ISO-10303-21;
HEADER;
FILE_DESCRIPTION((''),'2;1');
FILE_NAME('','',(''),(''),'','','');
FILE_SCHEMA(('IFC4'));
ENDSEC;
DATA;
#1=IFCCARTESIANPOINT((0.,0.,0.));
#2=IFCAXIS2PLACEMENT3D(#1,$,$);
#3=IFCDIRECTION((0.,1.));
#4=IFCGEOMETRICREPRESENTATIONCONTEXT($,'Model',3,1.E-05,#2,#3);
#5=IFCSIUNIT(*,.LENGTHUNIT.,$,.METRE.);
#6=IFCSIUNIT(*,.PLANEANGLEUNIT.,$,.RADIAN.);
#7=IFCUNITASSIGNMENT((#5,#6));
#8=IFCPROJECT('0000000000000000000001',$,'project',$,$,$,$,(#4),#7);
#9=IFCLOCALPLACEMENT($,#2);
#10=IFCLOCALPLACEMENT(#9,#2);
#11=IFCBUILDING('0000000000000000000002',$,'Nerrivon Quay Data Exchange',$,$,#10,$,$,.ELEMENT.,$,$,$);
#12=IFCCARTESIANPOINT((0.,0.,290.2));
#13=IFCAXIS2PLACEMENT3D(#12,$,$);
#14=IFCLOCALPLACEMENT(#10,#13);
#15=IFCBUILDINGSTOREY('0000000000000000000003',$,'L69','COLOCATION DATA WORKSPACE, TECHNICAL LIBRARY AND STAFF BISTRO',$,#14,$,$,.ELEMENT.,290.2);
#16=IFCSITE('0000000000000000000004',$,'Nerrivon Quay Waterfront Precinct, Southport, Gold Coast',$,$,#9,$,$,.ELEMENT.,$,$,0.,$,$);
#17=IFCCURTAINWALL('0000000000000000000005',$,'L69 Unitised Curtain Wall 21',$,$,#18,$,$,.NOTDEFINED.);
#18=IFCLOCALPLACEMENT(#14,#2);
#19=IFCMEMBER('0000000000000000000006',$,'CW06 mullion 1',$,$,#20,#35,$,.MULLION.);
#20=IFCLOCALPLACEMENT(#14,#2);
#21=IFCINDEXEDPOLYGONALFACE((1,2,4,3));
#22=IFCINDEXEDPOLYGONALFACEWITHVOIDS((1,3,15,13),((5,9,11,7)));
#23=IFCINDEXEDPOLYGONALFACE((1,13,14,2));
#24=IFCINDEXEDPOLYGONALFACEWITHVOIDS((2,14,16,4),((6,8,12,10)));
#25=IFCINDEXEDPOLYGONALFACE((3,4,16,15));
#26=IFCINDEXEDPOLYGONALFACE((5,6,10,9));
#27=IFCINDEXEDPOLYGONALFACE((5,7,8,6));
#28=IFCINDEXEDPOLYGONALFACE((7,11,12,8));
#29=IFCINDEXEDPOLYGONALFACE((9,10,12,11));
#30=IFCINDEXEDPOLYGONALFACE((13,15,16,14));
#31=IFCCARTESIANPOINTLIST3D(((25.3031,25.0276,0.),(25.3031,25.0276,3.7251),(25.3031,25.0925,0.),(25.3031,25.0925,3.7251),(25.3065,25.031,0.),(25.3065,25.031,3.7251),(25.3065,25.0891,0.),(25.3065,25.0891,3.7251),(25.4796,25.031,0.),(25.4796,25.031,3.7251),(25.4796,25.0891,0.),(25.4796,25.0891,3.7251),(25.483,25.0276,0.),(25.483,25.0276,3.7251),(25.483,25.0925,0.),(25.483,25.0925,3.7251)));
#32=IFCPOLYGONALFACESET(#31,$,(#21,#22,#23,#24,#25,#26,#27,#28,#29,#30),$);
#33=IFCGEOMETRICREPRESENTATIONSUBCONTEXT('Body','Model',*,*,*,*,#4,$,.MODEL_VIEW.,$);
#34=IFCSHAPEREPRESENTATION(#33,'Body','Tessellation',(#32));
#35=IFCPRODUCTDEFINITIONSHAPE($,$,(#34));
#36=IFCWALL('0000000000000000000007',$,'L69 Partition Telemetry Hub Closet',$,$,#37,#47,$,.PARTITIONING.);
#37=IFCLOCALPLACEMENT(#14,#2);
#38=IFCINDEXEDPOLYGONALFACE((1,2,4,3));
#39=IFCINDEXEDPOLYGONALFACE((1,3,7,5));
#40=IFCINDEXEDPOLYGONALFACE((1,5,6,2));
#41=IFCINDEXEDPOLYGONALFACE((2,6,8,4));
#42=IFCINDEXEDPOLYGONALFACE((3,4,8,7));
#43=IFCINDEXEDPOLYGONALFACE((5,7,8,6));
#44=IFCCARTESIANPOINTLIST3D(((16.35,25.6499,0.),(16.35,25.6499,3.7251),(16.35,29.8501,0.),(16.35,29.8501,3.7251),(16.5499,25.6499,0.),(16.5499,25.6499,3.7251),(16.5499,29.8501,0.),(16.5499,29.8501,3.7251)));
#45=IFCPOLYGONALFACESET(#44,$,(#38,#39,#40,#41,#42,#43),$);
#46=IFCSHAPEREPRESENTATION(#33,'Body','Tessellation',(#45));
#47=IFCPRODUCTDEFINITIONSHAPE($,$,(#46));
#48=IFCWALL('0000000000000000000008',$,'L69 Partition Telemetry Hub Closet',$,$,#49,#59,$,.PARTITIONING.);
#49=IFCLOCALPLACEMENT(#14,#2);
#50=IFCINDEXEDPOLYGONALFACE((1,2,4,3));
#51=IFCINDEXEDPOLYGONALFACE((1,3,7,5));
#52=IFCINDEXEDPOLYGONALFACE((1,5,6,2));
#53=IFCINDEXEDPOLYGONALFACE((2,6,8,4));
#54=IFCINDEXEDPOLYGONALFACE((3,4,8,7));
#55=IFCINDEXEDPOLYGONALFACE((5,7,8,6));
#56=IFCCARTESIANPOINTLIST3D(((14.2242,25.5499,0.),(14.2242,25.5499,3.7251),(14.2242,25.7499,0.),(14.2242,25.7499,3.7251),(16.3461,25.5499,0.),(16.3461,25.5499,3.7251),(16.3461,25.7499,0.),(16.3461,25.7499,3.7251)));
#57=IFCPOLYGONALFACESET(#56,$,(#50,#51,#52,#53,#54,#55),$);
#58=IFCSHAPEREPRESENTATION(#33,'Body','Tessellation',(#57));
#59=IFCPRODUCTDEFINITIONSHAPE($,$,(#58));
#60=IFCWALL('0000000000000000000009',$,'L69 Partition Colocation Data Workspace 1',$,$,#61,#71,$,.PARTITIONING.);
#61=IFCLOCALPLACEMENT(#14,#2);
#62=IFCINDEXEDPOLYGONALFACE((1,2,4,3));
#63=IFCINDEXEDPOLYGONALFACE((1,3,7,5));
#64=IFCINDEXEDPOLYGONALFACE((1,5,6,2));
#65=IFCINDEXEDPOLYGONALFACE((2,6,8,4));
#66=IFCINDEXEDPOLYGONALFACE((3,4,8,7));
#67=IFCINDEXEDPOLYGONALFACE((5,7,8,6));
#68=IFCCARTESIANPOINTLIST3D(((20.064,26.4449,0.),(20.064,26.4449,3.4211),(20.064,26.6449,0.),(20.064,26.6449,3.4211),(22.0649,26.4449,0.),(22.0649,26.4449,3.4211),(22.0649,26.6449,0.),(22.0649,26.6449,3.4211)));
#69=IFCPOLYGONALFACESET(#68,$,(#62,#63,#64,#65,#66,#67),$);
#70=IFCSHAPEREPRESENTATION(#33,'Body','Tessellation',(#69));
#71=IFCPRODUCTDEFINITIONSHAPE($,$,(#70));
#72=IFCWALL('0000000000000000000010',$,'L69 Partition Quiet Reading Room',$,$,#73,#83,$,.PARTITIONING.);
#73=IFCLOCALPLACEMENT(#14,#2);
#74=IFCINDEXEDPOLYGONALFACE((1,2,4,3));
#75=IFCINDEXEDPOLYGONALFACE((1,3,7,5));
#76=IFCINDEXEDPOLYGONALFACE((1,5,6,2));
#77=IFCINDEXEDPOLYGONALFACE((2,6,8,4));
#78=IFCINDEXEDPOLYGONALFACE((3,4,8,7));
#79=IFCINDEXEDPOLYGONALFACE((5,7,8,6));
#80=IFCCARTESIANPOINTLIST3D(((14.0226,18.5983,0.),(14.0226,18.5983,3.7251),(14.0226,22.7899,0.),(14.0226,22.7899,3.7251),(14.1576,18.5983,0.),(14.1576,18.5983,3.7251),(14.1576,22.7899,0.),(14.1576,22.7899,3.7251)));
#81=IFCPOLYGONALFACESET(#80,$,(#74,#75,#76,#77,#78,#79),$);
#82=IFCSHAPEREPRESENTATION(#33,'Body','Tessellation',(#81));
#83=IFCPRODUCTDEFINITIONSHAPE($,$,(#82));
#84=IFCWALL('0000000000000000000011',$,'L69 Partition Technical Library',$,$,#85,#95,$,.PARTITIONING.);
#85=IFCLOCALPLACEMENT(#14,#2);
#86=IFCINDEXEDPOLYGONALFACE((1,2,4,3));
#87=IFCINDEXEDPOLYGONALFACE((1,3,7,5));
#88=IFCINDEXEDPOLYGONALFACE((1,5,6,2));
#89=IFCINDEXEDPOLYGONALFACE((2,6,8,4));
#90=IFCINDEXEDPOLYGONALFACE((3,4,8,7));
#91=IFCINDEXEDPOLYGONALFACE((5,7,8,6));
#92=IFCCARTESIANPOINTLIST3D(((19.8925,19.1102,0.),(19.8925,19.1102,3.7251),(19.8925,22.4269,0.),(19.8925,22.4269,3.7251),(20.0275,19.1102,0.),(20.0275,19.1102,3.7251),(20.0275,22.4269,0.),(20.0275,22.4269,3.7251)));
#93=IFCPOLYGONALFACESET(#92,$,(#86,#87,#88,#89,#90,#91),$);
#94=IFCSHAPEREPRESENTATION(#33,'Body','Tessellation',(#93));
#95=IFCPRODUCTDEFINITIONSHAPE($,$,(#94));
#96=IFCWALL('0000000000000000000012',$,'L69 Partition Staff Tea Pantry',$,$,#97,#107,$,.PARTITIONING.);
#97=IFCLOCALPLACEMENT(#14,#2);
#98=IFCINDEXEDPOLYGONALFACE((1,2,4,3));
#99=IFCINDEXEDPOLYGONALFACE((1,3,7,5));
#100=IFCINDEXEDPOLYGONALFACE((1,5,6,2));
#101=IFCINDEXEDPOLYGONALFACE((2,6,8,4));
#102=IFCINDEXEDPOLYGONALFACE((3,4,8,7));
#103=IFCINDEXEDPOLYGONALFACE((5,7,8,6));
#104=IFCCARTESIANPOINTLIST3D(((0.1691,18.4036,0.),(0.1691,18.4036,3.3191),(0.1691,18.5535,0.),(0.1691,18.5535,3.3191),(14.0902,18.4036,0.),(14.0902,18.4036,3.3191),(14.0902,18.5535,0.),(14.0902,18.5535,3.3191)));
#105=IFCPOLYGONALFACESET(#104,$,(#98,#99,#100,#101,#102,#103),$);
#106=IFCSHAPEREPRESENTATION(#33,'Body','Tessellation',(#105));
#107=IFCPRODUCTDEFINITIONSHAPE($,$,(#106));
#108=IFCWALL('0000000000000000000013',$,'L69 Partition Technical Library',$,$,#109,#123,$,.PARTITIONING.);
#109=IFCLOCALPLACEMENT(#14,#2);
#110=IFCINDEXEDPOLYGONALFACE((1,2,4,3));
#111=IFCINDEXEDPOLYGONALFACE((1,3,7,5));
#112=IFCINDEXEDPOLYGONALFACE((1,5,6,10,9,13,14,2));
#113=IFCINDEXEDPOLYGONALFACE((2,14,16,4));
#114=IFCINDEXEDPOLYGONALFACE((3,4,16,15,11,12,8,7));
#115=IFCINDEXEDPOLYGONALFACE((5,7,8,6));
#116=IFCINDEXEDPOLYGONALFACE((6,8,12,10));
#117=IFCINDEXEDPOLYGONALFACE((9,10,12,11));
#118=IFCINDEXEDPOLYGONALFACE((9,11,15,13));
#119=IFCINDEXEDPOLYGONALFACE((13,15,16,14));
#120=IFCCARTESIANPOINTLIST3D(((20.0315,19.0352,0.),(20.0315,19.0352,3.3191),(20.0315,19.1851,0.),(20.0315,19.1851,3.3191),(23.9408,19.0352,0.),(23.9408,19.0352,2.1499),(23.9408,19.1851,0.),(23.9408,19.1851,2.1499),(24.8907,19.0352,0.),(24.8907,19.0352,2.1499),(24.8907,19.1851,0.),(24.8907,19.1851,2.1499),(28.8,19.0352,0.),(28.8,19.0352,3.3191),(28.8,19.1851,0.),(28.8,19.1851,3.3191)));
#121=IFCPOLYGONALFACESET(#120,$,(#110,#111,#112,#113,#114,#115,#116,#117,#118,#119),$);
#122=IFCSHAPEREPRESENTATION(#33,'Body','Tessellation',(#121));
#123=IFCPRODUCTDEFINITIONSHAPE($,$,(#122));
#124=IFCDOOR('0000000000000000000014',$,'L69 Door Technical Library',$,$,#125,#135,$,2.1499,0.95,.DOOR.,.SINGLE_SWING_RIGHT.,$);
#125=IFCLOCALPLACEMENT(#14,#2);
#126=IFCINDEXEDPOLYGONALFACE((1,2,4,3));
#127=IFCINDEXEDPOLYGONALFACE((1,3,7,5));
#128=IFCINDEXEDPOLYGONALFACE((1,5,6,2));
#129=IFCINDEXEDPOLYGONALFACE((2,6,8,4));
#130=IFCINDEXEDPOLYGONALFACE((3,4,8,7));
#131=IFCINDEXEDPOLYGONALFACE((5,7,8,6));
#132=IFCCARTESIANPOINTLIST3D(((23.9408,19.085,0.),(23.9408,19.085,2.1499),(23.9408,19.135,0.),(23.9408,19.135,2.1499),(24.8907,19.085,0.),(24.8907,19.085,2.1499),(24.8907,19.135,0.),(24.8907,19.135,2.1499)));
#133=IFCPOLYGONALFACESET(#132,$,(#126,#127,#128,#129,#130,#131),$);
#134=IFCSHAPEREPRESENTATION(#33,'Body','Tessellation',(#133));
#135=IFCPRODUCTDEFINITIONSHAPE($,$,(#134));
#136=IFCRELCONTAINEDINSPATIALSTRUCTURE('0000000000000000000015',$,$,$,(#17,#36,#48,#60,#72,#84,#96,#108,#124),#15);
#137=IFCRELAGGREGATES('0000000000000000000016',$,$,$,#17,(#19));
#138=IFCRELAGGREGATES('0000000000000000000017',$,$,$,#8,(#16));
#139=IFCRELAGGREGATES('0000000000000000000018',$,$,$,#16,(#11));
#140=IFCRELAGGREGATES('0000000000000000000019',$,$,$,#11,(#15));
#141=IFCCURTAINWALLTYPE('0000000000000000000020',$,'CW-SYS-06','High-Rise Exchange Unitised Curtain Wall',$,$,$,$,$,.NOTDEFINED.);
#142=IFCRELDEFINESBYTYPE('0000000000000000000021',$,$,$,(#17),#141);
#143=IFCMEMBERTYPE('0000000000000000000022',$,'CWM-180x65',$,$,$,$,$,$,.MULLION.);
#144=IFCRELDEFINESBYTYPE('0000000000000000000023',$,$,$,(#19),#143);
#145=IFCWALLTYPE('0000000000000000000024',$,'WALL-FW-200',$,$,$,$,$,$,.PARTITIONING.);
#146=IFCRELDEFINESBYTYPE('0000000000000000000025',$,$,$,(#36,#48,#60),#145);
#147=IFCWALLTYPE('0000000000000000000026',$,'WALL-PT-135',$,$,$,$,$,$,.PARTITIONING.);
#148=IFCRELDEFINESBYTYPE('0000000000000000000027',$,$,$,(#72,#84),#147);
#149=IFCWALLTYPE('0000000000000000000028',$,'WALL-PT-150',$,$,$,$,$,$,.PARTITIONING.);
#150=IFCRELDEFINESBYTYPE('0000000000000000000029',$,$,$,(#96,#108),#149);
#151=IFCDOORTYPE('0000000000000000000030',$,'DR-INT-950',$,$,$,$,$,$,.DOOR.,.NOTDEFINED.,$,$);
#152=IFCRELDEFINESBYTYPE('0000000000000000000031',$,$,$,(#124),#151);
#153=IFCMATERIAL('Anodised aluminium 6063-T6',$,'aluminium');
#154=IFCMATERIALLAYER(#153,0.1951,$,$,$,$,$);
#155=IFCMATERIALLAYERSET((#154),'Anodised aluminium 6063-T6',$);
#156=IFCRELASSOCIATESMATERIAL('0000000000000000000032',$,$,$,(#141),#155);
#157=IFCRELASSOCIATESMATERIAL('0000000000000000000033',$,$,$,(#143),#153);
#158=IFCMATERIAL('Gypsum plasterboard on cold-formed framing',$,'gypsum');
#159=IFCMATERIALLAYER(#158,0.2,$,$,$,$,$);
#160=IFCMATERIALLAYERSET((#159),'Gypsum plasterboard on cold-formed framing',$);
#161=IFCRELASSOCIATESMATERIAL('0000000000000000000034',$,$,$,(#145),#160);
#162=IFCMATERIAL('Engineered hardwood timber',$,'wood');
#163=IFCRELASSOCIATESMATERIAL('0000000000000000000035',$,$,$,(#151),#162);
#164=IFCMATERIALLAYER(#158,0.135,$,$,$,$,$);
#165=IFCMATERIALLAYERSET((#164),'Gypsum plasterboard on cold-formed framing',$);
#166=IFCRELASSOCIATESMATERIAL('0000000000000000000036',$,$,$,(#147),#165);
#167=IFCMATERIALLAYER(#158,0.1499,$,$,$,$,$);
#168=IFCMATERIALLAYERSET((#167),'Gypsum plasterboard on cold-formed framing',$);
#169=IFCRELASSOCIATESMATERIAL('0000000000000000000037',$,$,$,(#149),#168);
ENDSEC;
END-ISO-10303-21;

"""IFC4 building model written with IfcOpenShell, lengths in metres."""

from ifc_helpers import new_model, si_unit, direction, frame, frame_2d, origin, origin_2d, place, context, subcontext, project, spatial, rectangle, hollow_rectangle, extrude, material, layer, layer_set, material_profile, profile_set, type_object, element, fill, aggregate, save


model = new_model("IFC4")

# Units and contexts
model_context = context("Model", 3, precision=1e-05, world=origin(), true_north=direction((0.0, 1.0)))
body_context = subcontext(model_context, "Body", "Model", "MODEL_VIEW")
ifc_project = project(units=[si_unit("LENGTHUNIT", "METRE"), si_unit("PLANEANGLEUNIT", "RADIAN")], contexts=[model_context])

# Site, building, storey
site_placement = place(None, origin())
site = spatial("IfcSite", under=ifc_project, at=site_placement, Name="Nerrivon Quay Waterfront Precinct, Southport, Gold Coast", CompositionType="ELEMENT", RefElevation=0.0)
building_placement = place(site_placement, origin())
building = spatial("IfcBuilding", under=site, at=building_placement, Name="Nerrivon Quay Data Exchange", CompositionType="ELEMENT")
storey_placement = place(building_placement, frame((0.0, 0.0, 290.2)))
storey = spatial("IfcBuildingStorey", under=building, at=storey_placement, Name="L69", Description="COLOCATION DATA WORKSPACE, TECHNICAL LIBRARY AND STAFF BISTRO", CompositionType="ELEMENT", Elevation=290.2)

# Curtain wall, member
ifc_material_1 = material(Name="Anodised aluminium 6063-T6", Category="aluminium")
ifc_layer_1 = layer(ifc_material_1, 0.1951)
ifc_layer_set_1 = layer_set([ifc_layer_1], Name="Anodised aluminium 6063-T6")
curtain_wall_type = type_object("IfcCurtainWallType", Name="CW-SYS-06", Description="High-Rise Exchange Unitised Curtain Wall", PredefinedType="NOTDEFINED", material=ifc_layer_set_1)
curtain_wall_placement = place(storey_placement, origin())
curtain_wall = element("IfcCurtainWall", 1, at=curtain_wall_placement, inside=storey, type_object=curtain_wall_type, Name="L69 Unitised Curtain Wall 21", PredefinedType="NOTDEFINED")
ifc_material_profile_1 = material_profile(ifc_material_1, hollow_rectangle(XDim=0.0649, YDim=0.1799, WallThickness=0.0034, at=origin_2d()), Name="ALU-MULL-180x65")
ifc_profile_set_1 = profile_set([ifc_material_profile_1], Name="Anodised aluminium 6063-T6")
member_type = type_object("IfcMemberType", Name="CWM-180x65", PredefinedType="MULLION", material=ifc_profile_set_1)
member_placement = place(storey_placement, frame((25.3931, 25.0601, 0.0), z_axis=(0.0, 0.0, 1.0), x_axis=(0.0, 1.0, 0.0)))
member = element("IfcMember", 2, at=member_placement, type_object=member_type, Name="CW06 mullion 1", PredefinedType="MULLION", context=body_context, shape_type="SweptSolid", body=[
    extrude(hollow_rectangle(XDim=0.0649, YDim=0.1799, WallThickness=0.0034, at=origin_2d()), origin(), (0.0, 0.0, 1.0), 3.7251),
])
aggregate(curtain_wall, [member])

# Walls
ifc_material_2 = material(Name="Gypsum plasterboard on cold-formed framing", Category="gypsum")
ifc_layer_2 = layer(ifc_material_2, 0.2)
ifc_layer_set_2 = layer_set([ifc_layer_2], Name="Gypsum plasterboard on cold-formed framing")
wall_type_1 = type_object("IfcWallType", Name="WALL-FW-200", PredefinedType="PARTITIONING", material=ifc_layer_set_2)
wall_1_placement = place(storey_placement, frame((16.45, 25.6499, 0.0), z_axis=(0.0, 0.0, 1.0), x_axis=(0.0, 1.0, 0.0)))
element("IfcWall", 3, at=wall_1_placement, inside=storey, type_object=wall_type_1, Name="L69 Partition Telemetry Hub Closet", PredefinedType="PARTITIONING", context=body_context, shape_type="SweptSolid", body=[
    extrude(rectangle(XDim=4.2002, YDim=0.2, at=frame_2d((2.1001, 0.0))), origin(), (0.0, 0.0, 1.0), 3.7251),
])
wall_2_placement = place(storey_placement, frame((14.2241, 25.6499, 0.0), z_axis=(0.0, 0.0, 1.0), x_axis=(1.0, 0.0, 0.0)))
element("IfcWall", 4, at=wall_2_placement, inside=storey, type_object=wall_type_1, Name="L69 Partition Telemetry Hub Closet", PredefinedType="PARTITIONING", context=body_context, shape_type="SweptSolid", body=[
    extrude(rectangle(XDim=2.1218, YDim=0.2, at=frame_2d((1.061, 0.0))), origin(), (0.0, 0.0, 1.0), 3.7251),
])
wall_3_placement = place(storey_placement, frame((20.064, 26.5449, 0.0), z_axis=(0.0, 0.0, 1.0), x_axis=(1.0, 0.0, 0.0)))
element("IfcWall", 5, at=wall_3_placement, inside=storey, type_object=wall_type_1, Name="L69 Partition Colocation Data Workspace 1", PredefinedType="PARTITIONING", context=body_context, shape_type="SweptSolid", body=[
    extrude(rectangle(XDim=2.001, YDim=0.2, at=frame_2d((1.0005, 0.0))), origin(), (0.0, 0.0, 1.0), 3.4211),
])

# Shared definitions
ifc_material_3 = material(Name="Engineered hardwood timber", Category="wood")
door_type = type_object("IfcDoorType", Name="DR-INT-950", OperationType="NOTDEFINED", PredefinedType="DOOR", material=ifc_material_3)

# Walls
ifc_layer_3 = layer(ifc_material_2, 0.135)
ifc_layer_set_3 = layer_set([ifc_layer_3], Name="Gypsum plasterboard on cold-formed framing")
wall_type_2 = type_object("IfcWallType", Name="WALL-PT-135", PredefinedType="PARTITIONING", material=ifc_layer_set_3)
wall_4_placement = place(storey_placement, frame((14.0901, 18.5984, 0.0), z_axis=(0.0, 0.0, 1.0), x_axis=(0.0, 1.0, 0.0)))
element("IfcWall", 6, at=wall_4_placement, inside=storey, type_object=wall_type_2, Name="L69 Partition Quiet Reading Room", PredefinedType="PARTITIONING", context=body_context, shape_type="SweptSolid", body=[
    extrude(rectangle(XDim=4.1917, YDim=0.135, at=frame_2d((2.0957, 0.0))), origin(), (0.0, 0.0, 1.0), 3.7251),
])
wall_5_placement = place(storey_placement, frame((19.96, 22.4268, 0.0), z_axis=(0.0, 0.0, 1.0), x_axis=(0.0, -1.0, 0.0)))
element("IfcWall", 7, at=wall_5_placement, inside=storey, type_object=wall_type_2, Name="L69 Partition Technical Library", PredefinedType="PARTITIONING", context=body_context, shape_type="SweptSolid", body=[
    extrude(rectangle(XDim=3.3167, YDim=0.135, at=frame_2d((1.6582, 0.0))), origin(), (0.0, 0.0, 1.0), 3.7251),
])
ifc_layer_4 = layer(ifc_material_2, 0.1499)
ifc_layer_set_4 = layer_set([ifc_layer_4], Name="Gypsum plasterboard on cold-formed framing")
wall_type_3 = type_object("IfcWallType", Name="WALL-PT-150", PredefinedType="PARTITIONING", material=ifc_layer_set_4)
wall_6_placement = place(storey_placement, frame((14.0901, 18.4785, 0.0), z_axis=(0.0, 0.0, 1.0), x_axis=(-1.0, 0.0, 0.0)))
element("IfcWall", 8, at=wall_6_placement, inside=storey, type_object=wall_type_3, Name="L69 Partition Staff Tea Pantry", PredefinedType="PARTITIONING", context=body_context, shape_type="SweptSolid", body=[
    extrude(rectangle(XDim=13.9211, YDim=0.1499, at=frame_2d((6.9604, 0.0))), origin(), (0.0, 0.0, 1.0), 3.3191),
])

# Wall, opening, door
wall_7_placement = place(storey_placement, frame((20.0315, 19.1101, 0.0), z_axis=(0.0, 0.0, 1.0), x_axis=(1.0, 0.0, 0.0)))
wall_7 = element("IfcWall", 9, at=wall_7_placement, inside=storey, type_object=wall_type_3, Name="L69 Partition Technical Library", PredefinedType="PARTITIONING", context=body_context, shape_type="SweptSolid", body=[
    extrude(rectangle(XDim=8.7686, YDim=0.1499, at=frame_2d((4.3843, 0.0))), origin(), (0.0, 0.0, 1.0), 3.3191),
])
opening_1_placement = place(wall_7_placement, frame((3.9092, 0.0, 0.0)))
opening_1 = element("IfcOpeningElement", 10, at=opening_1_placement, cuts=wall_7, PredefinedType="OPENING", context=body_context, shape_type="SweptSolid", body=[
    extrude(rectangle(XDim=0.95, YDim=2.1499, at=frame_2d((0.4751, 1.075))), frame((0.0, 0.085, 0.0), z_axis=(0.0, -1.0, 0.0), x_axis=(1.0, 0.0, 0.0)), (0.0, 0.0, 1.0), 0.1699),
])
door_1_placement = place(opening_1_placement, origin())
door_1 = element("IfcDoor", 11, at=door_1_placement, inside=storey, type_object=door_type, Name="L69 Door Technical Library", OperationType="SINGLE_SWING_RIGHT", OverallHeight=2.1499, OverallWidth=0.95, PredefinedType="DOOR", context=body_context, shape_type="SweptSolid", body=[
    extrude(rectangle(XDim=0.95, YDim=2.1499, at=frame_2d((0.4751, 1.075))), frame((0.0, 0.0249, 0.0), z_axis=(0.0, -1.0, 0.0), x_axis=(1.0, 0.0, 0.0)), (0.0, 0.0, 1.0), 0.05),
])
fill(opening_1, door_1)

save(model, "model.ifc")
